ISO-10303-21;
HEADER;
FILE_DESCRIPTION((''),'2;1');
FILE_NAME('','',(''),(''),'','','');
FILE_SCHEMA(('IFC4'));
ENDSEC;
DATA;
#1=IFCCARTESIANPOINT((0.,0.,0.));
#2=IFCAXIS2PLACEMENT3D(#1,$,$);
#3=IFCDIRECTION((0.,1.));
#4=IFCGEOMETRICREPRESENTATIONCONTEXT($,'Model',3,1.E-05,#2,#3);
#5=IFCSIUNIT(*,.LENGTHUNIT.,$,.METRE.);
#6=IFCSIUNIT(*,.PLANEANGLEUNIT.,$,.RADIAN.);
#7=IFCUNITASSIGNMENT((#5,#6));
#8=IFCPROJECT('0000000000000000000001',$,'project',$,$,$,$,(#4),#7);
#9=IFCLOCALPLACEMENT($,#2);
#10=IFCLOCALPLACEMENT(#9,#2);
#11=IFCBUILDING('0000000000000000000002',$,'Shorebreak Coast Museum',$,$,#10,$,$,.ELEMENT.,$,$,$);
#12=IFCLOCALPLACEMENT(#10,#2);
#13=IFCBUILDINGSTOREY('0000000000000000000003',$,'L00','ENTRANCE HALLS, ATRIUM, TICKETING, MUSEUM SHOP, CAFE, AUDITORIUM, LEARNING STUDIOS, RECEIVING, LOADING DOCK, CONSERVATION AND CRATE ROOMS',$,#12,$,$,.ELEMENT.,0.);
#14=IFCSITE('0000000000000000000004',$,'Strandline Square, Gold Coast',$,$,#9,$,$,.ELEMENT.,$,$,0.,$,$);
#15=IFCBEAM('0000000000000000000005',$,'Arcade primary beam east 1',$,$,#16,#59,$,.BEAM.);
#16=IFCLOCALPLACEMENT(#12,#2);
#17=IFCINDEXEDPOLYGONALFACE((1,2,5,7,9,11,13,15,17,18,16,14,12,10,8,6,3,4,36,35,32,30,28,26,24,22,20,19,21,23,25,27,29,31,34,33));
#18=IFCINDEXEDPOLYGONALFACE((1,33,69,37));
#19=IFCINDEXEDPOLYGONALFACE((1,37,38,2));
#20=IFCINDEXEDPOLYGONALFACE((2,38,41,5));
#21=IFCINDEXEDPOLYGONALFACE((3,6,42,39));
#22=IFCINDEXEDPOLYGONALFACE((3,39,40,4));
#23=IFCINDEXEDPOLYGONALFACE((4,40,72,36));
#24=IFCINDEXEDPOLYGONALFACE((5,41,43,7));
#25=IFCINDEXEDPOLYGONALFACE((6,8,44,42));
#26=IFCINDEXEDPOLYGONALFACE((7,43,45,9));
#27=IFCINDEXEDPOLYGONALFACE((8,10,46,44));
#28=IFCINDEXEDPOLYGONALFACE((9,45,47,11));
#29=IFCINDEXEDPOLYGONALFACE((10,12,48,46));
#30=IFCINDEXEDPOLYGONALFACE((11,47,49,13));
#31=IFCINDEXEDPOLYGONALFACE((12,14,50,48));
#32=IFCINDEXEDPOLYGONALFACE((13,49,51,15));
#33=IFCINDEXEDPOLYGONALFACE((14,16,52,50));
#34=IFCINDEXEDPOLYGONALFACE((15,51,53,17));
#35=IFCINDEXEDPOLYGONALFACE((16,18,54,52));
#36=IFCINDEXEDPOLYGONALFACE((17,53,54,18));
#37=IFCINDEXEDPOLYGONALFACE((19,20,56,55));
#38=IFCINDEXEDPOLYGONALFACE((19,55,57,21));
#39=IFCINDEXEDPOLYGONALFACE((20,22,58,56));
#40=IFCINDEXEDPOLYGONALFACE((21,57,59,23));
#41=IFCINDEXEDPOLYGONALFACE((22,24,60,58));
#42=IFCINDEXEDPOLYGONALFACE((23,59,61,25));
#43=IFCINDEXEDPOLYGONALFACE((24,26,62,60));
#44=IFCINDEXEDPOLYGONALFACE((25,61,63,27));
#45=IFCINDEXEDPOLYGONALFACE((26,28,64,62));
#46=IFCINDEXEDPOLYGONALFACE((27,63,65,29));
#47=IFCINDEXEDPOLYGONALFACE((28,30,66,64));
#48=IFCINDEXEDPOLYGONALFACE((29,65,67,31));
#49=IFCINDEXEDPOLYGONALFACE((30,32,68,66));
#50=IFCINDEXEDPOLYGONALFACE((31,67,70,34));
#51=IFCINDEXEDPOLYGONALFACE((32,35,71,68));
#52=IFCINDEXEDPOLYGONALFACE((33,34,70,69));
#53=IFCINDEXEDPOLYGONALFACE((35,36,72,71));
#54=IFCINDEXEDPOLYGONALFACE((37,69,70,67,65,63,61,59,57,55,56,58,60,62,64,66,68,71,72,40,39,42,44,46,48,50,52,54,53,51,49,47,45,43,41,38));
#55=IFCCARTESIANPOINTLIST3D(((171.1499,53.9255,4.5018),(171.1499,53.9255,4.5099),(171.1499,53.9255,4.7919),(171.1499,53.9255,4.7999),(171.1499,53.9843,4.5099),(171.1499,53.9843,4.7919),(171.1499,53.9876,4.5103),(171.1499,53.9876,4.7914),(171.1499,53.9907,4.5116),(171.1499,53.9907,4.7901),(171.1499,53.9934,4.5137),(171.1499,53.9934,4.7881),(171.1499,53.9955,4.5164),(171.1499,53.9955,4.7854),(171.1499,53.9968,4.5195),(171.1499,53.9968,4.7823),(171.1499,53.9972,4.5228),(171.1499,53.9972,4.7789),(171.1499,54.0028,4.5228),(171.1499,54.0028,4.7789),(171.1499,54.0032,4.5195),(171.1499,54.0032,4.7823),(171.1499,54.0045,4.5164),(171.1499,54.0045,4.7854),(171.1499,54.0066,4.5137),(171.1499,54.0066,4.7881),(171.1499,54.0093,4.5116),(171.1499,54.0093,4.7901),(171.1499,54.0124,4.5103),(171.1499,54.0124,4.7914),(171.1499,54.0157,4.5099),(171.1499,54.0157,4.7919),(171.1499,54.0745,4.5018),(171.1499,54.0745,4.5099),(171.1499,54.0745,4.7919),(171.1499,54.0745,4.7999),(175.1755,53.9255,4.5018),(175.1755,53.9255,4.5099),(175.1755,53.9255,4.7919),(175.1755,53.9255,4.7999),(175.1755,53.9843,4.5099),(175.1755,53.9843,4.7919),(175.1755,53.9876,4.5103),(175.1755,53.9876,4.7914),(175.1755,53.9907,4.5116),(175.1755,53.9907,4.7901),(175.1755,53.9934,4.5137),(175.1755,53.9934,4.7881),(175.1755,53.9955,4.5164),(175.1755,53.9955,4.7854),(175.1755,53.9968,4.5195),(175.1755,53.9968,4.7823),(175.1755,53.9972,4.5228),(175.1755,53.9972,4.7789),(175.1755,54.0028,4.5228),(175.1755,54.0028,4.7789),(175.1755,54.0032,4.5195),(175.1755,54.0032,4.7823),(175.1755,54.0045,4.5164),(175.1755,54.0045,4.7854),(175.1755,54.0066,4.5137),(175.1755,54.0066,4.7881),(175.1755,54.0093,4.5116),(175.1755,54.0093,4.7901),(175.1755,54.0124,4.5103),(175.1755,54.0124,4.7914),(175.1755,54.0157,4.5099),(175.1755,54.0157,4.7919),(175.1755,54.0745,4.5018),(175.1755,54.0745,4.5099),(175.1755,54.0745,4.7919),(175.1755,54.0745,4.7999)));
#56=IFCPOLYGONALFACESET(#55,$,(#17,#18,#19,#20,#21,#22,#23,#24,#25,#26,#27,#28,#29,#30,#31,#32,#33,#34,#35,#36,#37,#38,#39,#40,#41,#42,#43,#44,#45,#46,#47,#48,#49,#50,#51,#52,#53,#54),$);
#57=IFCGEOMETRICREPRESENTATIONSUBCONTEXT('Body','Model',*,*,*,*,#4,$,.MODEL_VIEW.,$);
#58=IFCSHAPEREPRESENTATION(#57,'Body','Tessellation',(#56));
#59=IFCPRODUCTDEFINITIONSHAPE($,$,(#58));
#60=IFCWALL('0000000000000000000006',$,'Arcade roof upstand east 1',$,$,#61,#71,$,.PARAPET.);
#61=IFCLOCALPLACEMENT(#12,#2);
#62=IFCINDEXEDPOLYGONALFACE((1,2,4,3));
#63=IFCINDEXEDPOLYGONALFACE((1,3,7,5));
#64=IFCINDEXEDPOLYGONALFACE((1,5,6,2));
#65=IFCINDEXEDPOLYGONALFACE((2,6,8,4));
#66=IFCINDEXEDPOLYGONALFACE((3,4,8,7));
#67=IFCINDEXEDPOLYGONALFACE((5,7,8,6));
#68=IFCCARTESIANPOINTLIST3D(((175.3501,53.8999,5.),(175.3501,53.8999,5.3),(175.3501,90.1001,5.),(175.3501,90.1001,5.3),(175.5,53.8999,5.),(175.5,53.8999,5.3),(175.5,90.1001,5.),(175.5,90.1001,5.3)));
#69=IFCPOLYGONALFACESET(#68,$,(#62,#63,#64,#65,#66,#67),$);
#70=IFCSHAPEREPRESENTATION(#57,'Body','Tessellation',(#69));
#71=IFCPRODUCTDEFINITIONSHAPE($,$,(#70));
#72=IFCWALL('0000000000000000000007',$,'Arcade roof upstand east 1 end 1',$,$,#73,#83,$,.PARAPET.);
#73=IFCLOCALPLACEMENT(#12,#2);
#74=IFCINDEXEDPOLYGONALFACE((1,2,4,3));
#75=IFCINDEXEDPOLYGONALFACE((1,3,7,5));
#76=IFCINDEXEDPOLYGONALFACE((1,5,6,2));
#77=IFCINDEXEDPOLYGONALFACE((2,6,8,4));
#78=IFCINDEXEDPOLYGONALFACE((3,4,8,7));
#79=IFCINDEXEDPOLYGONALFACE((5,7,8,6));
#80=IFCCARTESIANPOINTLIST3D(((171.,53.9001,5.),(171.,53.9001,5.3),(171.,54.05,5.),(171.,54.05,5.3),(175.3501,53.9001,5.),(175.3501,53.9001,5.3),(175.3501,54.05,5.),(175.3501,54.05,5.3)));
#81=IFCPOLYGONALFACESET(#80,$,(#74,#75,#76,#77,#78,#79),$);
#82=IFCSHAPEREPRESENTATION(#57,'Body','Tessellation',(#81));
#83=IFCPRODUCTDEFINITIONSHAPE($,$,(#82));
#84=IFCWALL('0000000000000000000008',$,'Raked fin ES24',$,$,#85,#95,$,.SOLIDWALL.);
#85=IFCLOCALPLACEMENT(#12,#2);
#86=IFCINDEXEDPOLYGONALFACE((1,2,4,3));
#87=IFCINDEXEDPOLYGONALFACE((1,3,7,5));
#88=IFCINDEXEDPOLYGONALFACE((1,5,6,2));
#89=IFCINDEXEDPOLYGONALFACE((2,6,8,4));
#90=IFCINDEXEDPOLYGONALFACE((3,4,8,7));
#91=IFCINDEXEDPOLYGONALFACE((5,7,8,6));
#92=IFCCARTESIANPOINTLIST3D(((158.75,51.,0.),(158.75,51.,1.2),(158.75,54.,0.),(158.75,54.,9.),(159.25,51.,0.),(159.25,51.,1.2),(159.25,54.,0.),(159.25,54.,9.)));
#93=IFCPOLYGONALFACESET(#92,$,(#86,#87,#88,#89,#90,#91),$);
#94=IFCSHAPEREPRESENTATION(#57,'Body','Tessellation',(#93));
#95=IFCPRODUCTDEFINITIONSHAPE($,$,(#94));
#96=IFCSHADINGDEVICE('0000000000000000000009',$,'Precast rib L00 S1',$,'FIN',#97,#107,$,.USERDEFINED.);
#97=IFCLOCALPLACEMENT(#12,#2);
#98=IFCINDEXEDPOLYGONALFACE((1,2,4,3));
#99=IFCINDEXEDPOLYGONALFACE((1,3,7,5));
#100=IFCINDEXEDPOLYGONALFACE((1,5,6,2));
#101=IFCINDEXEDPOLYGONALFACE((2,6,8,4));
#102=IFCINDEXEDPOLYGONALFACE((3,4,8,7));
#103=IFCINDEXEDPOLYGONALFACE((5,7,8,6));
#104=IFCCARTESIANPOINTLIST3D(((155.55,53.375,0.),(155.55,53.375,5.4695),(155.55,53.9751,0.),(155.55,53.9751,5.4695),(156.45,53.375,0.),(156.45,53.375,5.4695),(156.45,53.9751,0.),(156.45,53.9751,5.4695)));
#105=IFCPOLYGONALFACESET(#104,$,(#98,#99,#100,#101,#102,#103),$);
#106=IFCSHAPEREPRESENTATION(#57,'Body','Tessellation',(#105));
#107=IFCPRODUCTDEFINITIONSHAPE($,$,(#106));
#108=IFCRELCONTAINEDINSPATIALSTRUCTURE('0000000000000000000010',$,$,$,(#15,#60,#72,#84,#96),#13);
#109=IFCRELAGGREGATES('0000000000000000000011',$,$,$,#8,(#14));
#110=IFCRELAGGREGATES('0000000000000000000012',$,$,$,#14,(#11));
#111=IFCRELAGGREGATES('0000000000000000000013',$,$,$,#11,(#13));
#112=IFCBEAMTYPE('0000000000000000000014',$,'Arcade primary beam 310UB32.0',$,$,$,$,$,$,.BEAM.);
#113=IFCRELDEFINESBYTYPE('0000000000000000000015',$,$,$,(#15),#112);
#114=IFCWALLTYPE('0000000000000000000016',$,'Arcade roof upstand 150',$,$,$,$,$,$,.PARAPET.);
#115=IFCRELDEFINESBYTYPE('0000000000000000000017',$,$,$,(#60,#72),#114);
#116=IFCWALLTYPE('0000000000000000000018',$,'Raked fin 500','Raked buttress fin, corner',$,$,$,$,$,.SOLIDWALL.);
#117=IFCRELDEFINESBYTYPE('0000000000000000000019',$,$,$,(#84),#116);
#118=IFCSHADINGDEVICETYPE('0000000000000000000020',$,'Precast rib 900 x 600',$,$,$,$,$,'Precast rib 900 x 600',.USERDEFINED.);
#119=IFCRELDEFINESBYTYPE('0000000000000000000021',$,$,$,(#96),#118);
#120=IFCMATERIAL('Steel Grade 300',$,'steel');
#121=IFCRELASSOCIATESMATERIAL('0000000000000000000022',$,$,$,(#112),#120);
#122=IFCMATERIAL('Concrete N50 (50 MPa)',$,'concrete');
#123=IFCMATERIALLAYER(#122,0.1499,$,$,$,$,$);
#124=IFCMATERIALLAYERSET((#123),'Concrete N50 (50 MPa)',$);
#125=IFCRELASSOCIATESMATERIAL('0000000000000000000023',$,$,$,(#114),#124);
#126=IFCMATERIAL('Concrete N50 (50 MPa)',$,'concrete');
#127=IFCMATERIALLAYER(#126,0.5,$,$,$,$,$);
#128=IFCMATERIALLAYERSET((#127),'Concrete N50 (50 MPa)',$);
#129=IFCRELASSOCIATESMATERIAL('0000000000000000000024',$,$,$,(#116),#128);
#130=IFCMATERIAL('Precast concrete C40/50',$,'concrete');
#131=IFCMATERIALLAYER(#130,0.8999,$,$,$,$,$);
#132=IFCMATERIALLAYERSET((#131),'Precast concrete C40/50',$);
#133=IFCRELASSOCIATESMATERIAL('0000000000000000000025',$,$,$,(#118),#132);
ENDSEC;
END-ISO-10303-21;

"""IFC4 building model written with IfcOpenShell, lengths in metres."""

from ifc_helpers import new_model, si_unit, direction, frame, frame_2d, origin, origin_2d, place, context, subcontext, project, spatial, polyline, rectangle, i_section, outline, extrude, material, layer, layer_set, material_profile, profile_set, type_object, element, save


model = new_model("IFC4")

# Units and contexts
model_context = context("Model", 3, precision=1e-05, world=origin(), true_north=direction((0.0, 1.0)))
body_context = subcontext(model_context, "Body", "Model", "MODEL_VIEW")
ifc_project = project(units=[si_unit("LENGTHUNIT", "METRE"), si_unit("PLANEANGLEUNIT", "RADIAN")], contexts=[model_context])

# Site, building, storey
site_placement = place(None, origin())
site = spatial("IfcSite", under=ifc_project, at=site_placement, Name="Strandline Square, Gold Coast", CompositionType="ELEMENT", RefElevation=0.0)
building_placement = place(site_placement, origin())
building = spatial("IfcBuilding", under=site, at=building_placement, Name="Shorebreak Coast Museum", CompositionType="ELEMENT")
storey_placement = place(building_placement, origin())
storey = spatial("IfcBuildingStorey", under=building, at=storey_placement, Name="L00", Description="ENTRANCE HALLS, ATRIUM, TICKETING, MUSEUM SHOP, CAFE, AUDITORIUM, LEARNING STUDIOS, RECEIVING, LOADING DOCK, CONSERVATION AND CRATE ROOMS", CompositionType="ELEMENT", Elevation=0.0)

# Beam
ifc_material_1 = material(Name="Steel Grade 300", Category="steel")
ifc_material_profile_1 = material_profile(ifc_material_1, i_section(OverallWidth=0.1489, OverallDepth=0.2981, WebThickness=0.0056, FlangeThickness=0.0081, FilletRadius=0.0129, at=origin_2d()), Name="310UB32.0")
ifc_profile_set_1 = profile_set([ifc_material_profile_1], Name="Steel Grade 300")
beam_type_1 = type_object("IfcBeamType", Name="Arcade primary beam 310UB32.0", PredefinedType="BEAM", material=ifc_profile_set_1)
beam_1_placement = place(storey_placement, frame((171.1499, 54.0, 4.6509), z_axis=(1.0, 0.0, 0.0), x_axis=(0.0, 1.0, 0.0)))
element("IfcBeam", 1, at=beam_1_placement, inside=storey, type_object=beam_type_1, Name="Arcade primary beam east 1", PredefinedType="BEAM", context=body_context, shape_type="SweptSolid", body=[
    extrude(i_section(OverallWidth=0.1489, OverallDepth=0.2981, WebThickness=0.0056, FlangeThickness=0.0081, FilletRadius=0.0129, at=origin_2d()), origin(), (0.0, 0.0, 1.0), 4.0256),
])

# Walls
ifc_material_2 = material(Name="Concrete N50 (50 MPa)", Category="concrete")
ifc_layer_1 = layer(ifc_material_2, 0.1499)
ifc_layer_set_1 = layer_set([ifc_layer_1], Name="Concrete N50 (50 MPa)")
wall_type_1 = type_object("IfcWallType", Name="Arcade roof upstand 150", PredefinedType="PARAPET", material=ifc_layer_set_1)
wall_1_placement = place(storey_placement, frame((175.425, 53.8999, 5.0), z_axis=(0.0, 0.0, 1.0), x_axis=(0.0, 1.0, 0.0)))
element("IfcWall", 2, at=wall_1_placement, inside=storey, type_object=wall_type_1, Name="Arcade roof upstand east 1", PredefinedType="PARAPET", context=body_context, shape_type="SweptSolid", body=[
    extrude(rectangle(XDim=36.2002, YDim=0.1499, at=frame_2d((18.1001, 0.0))), origin(), (0.0, 0.0, 1.0), 0.3),
])
wall_2_placement = place(storey_placement, frame((171.0, 53.9751, 5.0), z_axis=(0.0, 0.0, 1.0), x_axis=(1.0, 0.0, 0.0)))
element("IfcWall", 3, at=wall_2_placement, inside=storey, type_object=wall_type_1, Name="Arcade roof upstand east 1 end 1", PredefinedType="PARAPET", context=body_context, shape_type="SweptSolid", body=[
    extrude(rectangle(XDim=4.3501, YDim=0.1499, at=frame_2d((2.175, 0.0))), origin(), (0.0, 0.0, 1.0), 0.3),
])
ifc_material_3 = material(Name="Concrete N50 (50 MPa)", Category="concrete")
ifc_layer_2 = layer(ifc_material_3, 0.5)
ifc_layer_set_2 = layer_set([ifc_layer_2], Name="Concrete N50 (50 MPa)")
wall_type_2 = type_object("IfcWallType", Name="Raked fin 500", Description="Raked buttress fin, corner", PredefinedType="SOLIDWALL", material=ifc_layer_set_2)
wall_3_placement = place(storey_placement, frame((159.0, 54.0, 0.0), z_axis=(0.0, 0.0, 1.0), x_axis=(0.0, -1.0, 0.0)))
element("IfcWall", 4, at=wall_3_placement, inside=storey, type_object=wall_type_2, Name="Raked fin ES24", PredefinedType="SOLIDWALL", context=body_context, shape_type="SweptSolid", body=[
    extrude(outline(polyline([(0.0, 0.0), (3.0, 0.0), (3.0, 1.2), (0.0, 9.0), (0.0, 0.0)])), frame((0.0, 0.25, 0.0), z_axis=(0.0, -1.0, 0.0), x_axis=(1.0, 0.0, 0.0)), (0.0, 0.0, 1.0), 0.5),
])

# Shading device
ifc_material_4 = material(Name="Precast concrete C40/50", Category="concrete")
ifc_layer_3 = layer(ifc_material_4, 0.8999)
ifc_layer_set_3 = layer_set([ifc_layer_3], Name="Precast concrete C40/50")
shading_device_type = type_object("IfcShadingDeviceType", Name="Precast rib 900 x 600", ElementType="Precast rib 900 x 600", PredefinedType="USERDEFINED", material=ifc_layer_set_3)
shading_device_placement = place(storey_placement, frame((156.0, 53.675, 0.0), z_axis=(0.0, 0.0, 1.0), x_axis=(1.0, 0.0, 0.0)))
element("IfcShadingDevice", 5, at=shading_device_placement, inside=storey, type_object=shading_device_type, Name="Precast rib L00 S1", ObjectType="FIN", PredefinedType="USERDEFINED", context=body_context, shape_type="SweptSolid", body=[
    extrude(rectangle(XDim=0.8999, YDim=0.6001, at=origin_2d()), origin(), (0.0, 0.0, 1.0), 5.4695),
])

save(model, "model.ifc")
